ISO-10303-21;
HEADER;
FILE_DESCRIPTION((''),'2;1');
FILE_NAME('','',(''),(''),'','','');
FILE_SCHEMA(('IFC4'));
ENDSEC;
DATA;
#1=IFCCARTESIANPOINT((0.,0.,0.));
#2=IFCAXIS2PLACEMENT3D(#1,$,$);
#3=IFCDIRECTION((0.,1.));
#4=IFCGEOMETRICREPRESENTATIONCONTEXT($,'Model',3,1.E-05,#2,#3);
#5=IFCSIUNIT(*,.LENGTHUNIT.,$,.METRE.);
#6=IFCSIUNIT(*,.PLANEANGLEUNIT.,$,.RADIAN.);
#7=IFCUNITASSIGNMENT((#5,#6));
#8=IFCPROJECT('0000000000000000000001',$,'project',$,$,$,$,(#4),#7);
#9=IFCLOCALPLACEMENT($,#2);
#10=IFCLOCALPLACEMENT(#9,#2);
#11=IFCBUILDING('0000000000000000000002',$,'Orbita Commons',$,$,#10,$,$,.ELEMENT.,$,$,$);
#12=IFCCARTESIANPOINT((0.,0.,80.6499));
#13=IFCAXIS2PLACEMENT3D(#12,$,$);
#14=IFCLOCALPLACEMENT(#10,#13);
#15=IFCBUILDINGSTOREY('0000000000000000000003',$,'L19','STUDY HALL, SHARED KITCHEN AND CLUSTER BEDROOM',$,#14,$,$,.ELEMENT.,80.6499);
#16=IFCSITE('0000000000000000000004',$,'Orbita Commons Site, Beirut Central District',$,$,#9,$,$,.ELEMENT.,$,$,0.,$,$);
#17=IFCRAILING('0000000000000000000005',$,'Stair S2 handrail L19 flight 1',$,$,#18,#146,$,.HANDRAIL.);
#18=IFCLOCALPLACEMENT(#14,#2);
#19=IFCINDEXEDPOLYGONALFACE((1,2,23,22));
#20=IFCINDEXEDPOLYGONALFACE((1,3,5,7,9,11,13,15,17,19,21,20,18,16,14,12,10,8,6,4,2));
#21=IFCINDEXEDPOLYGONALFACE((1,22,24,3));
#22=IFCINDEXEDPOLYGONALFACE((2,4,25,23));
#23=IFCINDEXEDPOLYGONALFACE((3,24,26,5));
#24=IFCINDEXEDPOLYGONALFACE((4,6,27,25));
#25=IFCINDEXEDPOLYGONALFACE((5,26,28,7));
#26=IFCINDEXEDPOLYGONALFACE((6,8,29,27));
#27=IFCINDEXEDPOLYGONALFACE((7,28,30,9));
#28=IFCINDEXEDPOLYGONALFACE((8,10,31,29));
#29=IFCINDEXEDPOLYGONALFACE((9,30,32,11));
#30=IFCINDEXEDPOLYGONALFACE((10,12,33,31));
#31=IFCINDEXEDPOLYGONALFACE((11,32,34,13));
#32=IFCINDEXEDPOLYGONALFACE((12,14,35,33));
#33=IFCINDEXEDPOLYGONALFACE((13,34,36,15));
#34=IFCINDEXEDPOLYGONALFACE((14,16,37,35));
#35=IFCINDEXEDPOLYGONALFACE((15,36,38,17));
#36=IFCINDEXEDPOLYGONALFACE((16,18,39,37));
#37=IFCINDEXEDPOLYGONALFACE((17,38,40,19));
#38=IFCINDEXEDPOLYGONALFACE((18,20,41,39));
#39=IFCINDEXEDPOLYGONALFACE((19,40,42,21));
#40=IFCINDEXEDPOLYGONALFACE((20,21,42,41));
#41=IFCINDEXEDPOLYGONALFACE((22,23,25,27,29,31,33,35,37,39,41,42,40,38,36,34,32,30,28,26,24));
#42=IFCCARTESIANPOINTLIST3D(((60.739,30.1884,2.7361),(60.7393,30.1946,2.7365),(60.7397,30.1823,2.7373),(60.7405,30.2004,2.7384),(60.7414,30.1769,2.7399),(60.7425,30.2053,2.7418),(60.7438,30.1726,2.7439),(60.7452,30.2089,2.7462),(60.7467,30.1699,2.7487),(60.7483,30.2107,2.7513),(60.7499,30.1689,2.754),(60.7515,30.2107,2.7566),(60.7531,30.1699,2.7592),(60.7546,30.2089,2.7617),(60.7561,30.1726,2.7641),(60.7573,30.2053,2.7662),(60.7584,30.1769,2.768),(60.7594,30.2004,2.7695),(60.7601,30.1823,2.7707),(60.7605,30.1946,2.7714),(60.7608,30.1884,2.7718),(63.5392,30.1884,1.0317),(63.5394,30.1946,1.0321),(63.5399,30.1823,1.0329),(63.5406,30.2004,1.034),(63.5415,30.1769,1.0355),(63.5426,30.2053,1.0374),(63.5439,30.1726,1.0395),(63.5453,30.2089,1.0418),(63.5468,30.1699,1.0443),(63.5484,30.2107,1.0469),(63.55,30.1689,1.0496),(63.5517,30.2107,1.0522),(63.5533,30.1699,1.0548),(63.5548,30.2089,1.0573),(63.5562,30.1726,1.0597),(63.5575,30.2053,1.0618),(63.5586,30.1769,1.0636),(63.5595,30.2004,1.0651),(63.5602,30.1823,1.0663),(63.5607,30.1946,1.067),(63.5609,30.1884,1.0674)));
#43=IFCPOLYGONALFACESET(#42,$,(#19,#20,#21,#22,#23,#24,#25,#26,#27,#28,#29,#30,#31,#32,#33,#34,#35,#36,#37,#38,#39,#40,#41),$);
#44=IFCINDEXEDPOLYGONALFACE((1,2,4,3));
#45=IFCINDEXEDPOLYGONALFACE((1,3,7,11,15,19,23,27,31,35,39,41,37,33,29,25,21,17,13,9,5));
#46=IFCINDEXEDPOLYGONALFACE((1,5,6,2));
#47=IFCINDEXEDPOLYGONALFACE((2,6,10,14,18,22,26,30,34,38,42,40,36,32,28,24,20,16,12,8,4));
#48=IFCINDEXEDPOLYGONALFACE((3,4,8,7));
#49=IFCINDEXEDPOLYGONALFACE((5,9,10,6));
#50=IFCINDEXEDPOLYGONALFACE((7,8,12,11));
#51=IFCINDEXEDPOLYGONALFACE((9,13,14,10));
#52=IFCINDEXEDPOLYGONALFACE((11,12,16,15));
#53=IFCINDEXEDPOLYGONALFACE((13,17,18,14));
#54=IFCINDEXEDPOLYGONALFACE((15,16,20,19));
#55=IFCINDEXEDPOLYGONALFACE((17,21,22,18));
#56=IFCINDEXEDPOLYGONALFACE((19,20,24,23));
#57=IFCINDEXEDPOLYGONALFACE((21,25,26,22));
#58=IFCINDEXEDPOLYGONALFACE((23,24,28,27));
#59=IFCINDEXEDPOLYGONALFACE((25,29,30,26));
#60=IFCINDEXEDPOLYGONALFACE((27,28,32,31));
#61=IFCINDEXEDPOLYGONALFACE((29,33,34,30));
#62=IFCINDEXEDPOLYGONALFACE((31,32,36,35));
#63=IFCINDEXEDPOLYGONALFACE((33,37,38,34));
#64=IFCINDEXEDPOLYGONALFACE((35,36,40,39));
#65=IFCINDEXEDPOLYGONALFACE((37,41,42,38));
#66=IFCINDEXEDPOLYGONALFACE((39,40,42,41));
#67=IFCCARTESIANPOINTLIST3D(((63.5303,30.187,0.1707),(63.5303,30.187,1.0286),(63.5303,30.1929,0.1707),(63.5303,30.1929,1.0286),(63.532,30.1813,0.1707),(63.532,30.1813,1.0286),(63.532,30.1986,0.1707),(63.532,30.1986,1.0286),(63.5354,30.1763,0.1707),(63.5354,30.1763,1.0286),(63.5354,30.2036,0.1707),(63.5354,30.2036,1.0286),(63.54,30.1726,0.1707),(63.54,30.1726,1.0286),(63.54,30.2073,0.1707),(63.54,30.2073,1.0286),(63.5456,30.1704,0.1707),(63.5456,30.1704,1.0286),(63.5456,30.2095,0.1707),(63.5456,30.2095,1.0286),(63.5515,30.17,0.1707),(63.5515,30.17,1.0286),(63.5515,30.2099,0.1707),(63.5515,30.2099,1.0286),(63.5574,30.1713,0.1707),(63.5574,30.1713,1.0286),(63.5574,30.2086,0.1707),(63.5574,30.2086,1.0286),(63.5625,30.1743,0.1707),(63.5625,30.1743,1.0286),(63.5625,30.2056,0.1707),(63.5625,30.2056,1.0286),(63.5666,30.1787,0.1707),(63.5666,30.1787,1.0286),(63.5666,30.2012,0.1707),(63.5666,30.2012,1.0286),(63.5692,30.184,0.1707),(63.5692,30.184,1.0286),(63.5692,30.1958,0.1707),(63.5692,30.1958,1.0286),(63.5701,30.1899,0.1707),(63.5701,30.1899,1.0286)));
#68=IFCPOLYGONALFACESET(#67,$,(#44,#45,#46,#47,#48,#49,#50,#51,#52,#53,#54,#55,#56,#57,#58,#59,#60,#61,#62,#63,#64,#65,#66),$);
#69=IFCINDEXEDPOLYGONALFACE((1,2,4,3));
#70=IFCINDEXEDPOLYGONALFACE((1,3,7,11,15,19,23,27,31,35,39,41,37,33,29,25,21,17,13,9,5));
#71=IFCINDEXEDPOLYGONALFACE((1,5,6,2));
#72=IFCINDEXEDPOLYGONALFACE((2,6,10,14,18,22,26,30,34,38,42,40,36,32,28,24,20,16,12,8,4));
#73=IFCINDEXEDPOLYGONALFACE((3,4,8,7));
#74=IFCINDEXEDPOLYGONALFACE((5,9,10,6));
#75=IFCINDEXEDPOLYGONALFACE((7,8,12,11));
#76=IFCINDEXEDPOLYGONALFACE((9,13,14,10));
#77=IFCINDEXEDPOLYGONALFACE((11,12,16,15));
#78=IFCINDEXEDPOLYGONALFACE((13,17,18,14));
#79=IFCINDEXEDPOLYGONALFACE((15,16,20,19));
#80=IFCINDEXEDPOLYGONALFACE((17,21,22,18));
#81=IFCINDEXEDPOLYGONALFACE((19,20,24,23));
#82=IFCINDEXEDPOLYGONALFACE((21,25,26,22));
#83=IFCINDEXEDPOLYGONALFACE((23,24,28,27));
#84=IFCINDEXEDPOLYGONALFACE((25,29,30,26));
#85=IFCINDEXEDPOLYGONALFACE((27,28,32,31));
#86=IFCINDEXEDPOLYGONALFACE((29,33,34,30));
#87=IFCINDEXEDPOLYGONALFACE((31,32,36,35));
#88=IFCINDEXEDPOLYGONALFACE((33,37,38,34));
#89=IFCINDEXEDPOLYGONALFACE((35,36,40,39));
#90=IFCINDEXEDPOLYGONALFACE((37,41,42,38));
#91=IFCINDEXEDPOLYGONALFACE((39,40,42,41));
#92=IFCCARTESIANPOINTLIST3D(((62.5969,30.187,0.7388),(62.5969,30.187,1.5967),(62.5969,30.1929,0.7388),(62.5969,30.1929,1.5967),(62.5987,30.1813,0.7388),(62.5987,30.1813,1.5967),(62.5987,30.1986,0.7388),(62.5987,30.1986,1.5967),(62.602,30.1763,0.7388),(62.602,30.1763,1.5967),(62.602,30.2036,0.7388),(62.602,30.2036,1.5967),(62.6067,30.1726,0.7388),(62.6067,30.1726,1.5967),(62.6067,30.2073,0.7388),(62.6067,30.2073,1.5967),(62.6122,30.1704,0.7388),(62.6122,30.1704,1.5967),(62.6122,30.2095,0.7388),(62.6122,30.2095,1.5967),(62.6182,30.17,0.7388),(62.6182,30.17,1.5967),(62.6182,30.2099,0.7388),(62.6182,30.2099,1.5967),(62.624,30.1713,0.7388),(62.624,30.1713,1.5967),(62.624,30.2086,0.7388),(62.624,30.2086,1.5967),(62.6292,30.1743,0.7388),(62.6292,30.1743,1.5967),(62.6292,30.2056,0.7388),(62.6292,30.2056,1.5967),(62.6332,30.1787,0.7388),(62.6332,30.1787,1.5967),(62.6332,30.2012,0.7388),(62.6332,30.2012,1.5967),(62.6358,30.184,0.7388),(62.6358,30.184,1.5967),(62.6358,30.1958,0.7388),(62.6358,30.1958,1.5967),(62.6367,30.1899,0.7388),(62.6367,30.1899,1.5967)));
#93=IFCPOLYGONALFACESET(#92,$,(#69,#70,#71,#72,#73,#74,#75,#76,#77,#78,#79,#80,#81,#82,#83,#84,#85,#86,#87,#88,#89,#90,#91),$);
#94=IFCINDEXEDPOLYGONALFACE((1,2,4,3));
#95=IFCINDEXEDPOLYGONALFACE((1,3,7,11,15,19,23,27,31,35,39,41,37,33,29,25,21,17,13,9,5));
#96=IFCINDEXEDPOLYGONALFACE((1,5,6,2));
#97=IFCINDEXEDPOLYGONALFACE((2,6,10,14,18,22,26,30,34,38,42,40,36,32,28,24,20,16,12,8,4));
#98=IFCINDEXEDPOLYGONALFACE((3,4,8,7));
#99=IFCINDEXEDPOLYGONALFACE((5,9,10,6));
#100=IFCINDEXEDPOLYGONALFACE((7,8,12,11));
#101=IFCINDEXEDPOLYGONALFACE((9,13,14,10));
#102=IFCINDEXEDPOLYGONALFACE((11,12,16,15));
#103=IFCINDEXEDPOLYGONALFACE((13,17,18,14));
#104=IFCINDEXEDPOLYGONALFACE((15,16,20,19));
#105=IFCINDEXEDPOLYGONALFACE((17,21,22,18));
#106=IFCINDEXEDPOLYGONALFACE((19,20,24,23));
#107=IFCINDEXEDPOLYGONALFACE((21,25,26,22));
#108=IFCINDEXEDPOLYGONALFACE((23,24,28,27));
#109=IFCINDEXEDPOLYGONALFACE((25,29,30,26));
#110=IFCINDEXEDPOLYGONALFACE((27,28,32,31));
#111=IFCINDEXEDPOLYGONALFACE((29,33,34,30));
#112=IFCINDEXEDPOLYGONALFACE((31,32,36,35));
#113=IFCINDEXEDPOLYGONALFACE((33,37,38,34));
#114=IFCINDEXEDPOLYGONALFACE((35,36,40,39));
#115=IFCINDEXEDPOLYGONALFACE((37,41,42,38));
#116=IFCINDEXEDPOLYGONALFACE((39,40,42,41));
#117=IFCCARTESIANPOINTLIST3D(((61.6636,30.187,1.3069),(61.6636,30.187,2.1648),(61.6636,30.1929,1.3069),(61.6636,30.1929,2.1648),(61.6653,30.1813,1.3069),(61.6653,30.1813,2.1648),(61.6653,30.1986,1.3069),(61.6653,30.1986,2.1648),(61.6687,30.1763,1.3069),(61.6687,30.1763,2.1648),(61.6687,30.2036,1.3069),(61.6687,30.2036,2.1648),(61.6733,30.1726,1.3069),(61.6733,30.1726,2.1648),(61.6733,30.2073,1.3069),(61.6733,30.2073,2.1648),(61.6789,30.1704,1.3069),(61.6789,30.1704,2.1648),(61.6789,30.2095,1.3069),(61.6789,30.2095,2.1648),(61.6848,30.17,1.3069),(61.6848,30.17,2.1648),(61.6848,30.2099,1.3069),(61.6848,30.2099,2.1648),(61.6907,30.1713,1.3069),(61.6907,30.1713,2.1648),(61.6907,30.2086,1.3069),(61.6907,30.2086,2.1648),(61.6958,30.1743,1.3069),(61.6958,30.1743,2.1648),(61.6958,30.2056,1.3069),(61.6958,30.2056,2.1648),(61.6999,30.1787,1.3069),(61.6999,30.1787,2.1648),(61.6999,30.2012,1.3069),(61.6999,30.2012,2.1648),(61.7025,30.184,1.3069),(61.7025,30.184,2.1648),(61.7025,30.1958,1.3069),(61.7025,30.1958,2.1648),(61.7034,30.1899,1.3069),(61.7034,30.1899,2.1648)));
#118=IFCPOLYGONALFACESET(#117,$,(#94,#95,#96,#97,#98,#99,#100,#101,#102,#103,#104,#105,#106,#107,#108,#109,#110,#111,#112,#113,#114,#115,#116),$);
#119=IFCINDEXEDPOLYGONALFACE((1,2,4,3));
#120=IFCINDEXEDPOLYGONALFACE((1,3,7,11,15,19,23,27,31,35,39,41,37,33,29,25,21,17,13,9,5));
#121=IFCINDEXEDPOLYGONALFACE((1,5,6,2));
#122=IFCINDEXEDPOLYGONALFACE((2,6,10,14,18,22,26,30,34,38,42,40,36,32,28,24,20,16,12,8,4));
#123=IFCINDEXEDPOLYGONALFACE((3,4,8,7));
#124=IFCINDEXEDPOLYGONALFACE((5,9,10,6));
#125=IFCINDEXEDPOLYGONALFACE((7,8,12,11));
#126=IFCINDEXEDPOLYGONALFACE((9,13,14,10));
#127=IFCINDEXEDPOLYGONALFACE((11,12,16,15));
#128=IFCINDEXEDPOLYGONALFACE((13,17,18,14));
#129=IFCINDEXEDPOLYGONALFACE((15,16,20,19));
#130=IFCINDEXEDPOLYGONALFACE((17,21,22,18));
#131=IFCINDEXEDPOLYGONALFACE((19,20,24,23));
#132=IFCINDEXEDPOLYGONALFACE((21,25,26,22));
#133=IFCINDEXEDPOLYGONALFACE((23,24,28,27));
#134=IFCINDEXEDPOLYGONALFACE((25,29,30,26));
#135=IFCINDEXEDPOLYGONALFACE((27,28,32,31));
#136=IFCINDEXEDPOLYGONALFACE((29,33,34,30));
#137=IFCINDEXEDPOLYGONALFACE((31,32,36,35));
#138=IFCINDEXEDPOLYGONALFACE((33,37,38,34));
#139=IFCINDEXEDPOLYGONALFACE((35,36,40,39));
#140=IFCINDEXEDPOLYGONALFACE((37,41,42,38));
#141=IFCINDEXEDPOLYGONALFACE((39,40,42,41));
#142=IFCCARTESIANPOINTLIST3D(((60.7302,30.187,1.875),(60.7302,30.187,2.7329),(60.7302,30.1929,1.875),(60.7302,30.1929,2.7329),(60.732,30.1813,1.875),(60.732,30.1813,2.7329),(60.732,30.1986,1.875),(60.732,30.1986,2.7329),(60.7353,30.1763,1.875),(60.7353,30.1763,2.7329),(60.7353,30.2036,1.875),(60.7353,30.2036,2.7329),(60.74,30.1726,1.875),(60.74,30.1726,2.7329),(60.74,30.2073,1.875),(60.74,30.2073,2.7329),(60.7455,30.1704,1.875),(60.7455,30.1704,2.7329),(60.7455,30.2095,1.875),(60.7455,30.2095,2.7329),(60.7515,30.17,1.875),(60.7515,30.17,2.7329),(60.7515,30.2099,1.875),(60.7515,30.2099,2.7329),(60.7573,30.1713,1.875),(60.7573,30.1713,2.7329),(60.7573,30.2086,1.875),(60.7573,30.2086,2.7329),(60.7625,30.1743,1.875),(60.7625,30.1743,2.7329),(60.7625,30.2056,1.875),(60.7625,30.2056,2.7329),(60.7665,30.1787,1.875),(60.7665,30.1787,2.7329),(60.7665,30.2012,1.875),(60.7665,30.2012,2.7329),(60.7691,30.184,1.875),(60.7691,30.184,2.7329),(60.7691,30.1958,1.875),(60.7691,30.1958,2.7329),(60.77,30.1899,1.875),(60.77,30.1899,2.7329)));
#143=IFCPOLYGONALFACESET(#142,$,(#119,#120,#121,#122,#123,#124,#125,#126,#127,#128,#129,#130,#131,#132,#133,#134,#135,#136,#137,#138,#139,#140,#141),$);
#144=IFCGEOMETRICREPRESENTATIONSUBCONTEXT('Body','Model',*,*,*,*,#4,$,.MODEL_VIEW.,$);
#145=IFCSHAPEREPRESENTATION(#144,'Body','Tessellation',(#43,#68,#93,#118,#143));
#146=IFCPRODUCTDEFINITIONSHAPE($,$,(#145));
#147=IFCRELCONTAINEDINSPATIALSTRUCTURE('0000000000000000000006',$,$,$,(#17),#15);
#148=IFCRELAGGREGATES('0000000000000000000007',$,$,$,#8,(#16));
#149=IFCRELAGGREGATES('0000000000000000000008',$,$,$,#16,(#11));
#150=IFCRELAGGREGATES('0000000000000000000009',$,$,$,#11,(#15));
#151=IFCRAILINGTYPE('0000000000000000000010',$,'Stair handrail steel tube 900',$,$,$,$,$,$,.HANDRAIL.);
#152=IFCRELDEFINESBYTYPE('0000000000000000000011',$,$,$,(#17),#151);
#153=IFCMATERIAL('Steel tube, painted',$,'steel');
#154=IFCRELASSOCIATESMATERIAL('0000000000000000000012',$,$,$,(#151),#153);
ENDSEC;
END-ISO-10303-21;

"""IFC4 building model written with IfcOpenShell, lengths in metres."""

from ifc_helpers import new_model, si_unit, direction, frame, origin, origin_2d, place, context, subcontext, project, spatial, circle, extrude, material, type_object, element, save


model = new_model("IFC4")

# Units and contexts
model_context = context("Model", 3, precision=1e-05, world=origin(), true_north=direction((0.0, 1.0)))
body_context = subcontext(model_context, "Body", "Model", "MODEL_VIEW")
ifc_project = project(units=[si_unit("LENGTHUNIT", "METRE"), si_unit("PLANEANGLEUNIT", "RADIAN")], contexts=[model_context])

# Site, building, storey
site_placement = place(None, origin())
site = spatial("IfcSite", under=ifc_project, at=site_placement, Name="Orbita Commons Site, Beirut Central District", CompositionType="ELEMENT", RefElevation=0.0)
building_placement = place(site_placement, origin())
building = spatial("IfcBuilding", under=site, at=building_placement, Name="Orbita Commons", CompositionType="ELEMENT")
storey_placement = place(building_placement, frame((0.0, 0.0, 80.6499)))
storey = spatial("IfcBuildingStorey", under=building, at=storey_placement, Name="L19", Description="STUDY HALL, SHARED KITCHEN AND CLUSTER BEDROOM", CompositionType="ELEMENT", Elevation=80.6499)

# Railing
ifc_material_1 = material(Name="Steel tube, painted", Category="steel")
railing_type = type_object("IfcRailingType", Name="Stair handrail steel tube 900", PredefinedType="HANDRAIL", material=ifc_material_1)
railing_placement = place(storey_placement, frame((63.55, 30.1899, 0.1707)))
element("IfcRailing", 1, at=railing_placement, inside=storey, type_object=railing_type, Name="Stair S2 handrail L19 flight 1", PredefinedType="HANDRAIL", context=body_context, shape_type="SweptSolid", body=[
    extrude(circle(Radius=0.021, at=origin_2d()), frame((0.0, 0.0, 0.8789), z_axis=(-0.854203, 0.0, 0.51994), x_axis=(0.0, -1.0, 0.0)), (0.0, 0.0, 1.0), 3.2781),
    extrude(circle(Radius=0.02, at=origin_2d()), origin(), (0.0, 0.0, 1.0), 0.8579),
    extrude(circle(Radius=0.02, at=origin_2d()), frame((-0.9333, 0.0, 0.5681)), (0.0, 0.0, 1.0), 0.8579),
    extrude(circle(Radius=0.02, at=origin_2d()), frame((-1.8667, 0.0, 1.1362)), (0.0, 0.0, 1.0), 0.8579),
    extrude(circle(Radius=0.02, at=origin_2d()), frame((-2.8, 0.0, 1.7043)), (0.0, 0.0, 1.0), 0.8579),
])

save(model, "model.ifc")
